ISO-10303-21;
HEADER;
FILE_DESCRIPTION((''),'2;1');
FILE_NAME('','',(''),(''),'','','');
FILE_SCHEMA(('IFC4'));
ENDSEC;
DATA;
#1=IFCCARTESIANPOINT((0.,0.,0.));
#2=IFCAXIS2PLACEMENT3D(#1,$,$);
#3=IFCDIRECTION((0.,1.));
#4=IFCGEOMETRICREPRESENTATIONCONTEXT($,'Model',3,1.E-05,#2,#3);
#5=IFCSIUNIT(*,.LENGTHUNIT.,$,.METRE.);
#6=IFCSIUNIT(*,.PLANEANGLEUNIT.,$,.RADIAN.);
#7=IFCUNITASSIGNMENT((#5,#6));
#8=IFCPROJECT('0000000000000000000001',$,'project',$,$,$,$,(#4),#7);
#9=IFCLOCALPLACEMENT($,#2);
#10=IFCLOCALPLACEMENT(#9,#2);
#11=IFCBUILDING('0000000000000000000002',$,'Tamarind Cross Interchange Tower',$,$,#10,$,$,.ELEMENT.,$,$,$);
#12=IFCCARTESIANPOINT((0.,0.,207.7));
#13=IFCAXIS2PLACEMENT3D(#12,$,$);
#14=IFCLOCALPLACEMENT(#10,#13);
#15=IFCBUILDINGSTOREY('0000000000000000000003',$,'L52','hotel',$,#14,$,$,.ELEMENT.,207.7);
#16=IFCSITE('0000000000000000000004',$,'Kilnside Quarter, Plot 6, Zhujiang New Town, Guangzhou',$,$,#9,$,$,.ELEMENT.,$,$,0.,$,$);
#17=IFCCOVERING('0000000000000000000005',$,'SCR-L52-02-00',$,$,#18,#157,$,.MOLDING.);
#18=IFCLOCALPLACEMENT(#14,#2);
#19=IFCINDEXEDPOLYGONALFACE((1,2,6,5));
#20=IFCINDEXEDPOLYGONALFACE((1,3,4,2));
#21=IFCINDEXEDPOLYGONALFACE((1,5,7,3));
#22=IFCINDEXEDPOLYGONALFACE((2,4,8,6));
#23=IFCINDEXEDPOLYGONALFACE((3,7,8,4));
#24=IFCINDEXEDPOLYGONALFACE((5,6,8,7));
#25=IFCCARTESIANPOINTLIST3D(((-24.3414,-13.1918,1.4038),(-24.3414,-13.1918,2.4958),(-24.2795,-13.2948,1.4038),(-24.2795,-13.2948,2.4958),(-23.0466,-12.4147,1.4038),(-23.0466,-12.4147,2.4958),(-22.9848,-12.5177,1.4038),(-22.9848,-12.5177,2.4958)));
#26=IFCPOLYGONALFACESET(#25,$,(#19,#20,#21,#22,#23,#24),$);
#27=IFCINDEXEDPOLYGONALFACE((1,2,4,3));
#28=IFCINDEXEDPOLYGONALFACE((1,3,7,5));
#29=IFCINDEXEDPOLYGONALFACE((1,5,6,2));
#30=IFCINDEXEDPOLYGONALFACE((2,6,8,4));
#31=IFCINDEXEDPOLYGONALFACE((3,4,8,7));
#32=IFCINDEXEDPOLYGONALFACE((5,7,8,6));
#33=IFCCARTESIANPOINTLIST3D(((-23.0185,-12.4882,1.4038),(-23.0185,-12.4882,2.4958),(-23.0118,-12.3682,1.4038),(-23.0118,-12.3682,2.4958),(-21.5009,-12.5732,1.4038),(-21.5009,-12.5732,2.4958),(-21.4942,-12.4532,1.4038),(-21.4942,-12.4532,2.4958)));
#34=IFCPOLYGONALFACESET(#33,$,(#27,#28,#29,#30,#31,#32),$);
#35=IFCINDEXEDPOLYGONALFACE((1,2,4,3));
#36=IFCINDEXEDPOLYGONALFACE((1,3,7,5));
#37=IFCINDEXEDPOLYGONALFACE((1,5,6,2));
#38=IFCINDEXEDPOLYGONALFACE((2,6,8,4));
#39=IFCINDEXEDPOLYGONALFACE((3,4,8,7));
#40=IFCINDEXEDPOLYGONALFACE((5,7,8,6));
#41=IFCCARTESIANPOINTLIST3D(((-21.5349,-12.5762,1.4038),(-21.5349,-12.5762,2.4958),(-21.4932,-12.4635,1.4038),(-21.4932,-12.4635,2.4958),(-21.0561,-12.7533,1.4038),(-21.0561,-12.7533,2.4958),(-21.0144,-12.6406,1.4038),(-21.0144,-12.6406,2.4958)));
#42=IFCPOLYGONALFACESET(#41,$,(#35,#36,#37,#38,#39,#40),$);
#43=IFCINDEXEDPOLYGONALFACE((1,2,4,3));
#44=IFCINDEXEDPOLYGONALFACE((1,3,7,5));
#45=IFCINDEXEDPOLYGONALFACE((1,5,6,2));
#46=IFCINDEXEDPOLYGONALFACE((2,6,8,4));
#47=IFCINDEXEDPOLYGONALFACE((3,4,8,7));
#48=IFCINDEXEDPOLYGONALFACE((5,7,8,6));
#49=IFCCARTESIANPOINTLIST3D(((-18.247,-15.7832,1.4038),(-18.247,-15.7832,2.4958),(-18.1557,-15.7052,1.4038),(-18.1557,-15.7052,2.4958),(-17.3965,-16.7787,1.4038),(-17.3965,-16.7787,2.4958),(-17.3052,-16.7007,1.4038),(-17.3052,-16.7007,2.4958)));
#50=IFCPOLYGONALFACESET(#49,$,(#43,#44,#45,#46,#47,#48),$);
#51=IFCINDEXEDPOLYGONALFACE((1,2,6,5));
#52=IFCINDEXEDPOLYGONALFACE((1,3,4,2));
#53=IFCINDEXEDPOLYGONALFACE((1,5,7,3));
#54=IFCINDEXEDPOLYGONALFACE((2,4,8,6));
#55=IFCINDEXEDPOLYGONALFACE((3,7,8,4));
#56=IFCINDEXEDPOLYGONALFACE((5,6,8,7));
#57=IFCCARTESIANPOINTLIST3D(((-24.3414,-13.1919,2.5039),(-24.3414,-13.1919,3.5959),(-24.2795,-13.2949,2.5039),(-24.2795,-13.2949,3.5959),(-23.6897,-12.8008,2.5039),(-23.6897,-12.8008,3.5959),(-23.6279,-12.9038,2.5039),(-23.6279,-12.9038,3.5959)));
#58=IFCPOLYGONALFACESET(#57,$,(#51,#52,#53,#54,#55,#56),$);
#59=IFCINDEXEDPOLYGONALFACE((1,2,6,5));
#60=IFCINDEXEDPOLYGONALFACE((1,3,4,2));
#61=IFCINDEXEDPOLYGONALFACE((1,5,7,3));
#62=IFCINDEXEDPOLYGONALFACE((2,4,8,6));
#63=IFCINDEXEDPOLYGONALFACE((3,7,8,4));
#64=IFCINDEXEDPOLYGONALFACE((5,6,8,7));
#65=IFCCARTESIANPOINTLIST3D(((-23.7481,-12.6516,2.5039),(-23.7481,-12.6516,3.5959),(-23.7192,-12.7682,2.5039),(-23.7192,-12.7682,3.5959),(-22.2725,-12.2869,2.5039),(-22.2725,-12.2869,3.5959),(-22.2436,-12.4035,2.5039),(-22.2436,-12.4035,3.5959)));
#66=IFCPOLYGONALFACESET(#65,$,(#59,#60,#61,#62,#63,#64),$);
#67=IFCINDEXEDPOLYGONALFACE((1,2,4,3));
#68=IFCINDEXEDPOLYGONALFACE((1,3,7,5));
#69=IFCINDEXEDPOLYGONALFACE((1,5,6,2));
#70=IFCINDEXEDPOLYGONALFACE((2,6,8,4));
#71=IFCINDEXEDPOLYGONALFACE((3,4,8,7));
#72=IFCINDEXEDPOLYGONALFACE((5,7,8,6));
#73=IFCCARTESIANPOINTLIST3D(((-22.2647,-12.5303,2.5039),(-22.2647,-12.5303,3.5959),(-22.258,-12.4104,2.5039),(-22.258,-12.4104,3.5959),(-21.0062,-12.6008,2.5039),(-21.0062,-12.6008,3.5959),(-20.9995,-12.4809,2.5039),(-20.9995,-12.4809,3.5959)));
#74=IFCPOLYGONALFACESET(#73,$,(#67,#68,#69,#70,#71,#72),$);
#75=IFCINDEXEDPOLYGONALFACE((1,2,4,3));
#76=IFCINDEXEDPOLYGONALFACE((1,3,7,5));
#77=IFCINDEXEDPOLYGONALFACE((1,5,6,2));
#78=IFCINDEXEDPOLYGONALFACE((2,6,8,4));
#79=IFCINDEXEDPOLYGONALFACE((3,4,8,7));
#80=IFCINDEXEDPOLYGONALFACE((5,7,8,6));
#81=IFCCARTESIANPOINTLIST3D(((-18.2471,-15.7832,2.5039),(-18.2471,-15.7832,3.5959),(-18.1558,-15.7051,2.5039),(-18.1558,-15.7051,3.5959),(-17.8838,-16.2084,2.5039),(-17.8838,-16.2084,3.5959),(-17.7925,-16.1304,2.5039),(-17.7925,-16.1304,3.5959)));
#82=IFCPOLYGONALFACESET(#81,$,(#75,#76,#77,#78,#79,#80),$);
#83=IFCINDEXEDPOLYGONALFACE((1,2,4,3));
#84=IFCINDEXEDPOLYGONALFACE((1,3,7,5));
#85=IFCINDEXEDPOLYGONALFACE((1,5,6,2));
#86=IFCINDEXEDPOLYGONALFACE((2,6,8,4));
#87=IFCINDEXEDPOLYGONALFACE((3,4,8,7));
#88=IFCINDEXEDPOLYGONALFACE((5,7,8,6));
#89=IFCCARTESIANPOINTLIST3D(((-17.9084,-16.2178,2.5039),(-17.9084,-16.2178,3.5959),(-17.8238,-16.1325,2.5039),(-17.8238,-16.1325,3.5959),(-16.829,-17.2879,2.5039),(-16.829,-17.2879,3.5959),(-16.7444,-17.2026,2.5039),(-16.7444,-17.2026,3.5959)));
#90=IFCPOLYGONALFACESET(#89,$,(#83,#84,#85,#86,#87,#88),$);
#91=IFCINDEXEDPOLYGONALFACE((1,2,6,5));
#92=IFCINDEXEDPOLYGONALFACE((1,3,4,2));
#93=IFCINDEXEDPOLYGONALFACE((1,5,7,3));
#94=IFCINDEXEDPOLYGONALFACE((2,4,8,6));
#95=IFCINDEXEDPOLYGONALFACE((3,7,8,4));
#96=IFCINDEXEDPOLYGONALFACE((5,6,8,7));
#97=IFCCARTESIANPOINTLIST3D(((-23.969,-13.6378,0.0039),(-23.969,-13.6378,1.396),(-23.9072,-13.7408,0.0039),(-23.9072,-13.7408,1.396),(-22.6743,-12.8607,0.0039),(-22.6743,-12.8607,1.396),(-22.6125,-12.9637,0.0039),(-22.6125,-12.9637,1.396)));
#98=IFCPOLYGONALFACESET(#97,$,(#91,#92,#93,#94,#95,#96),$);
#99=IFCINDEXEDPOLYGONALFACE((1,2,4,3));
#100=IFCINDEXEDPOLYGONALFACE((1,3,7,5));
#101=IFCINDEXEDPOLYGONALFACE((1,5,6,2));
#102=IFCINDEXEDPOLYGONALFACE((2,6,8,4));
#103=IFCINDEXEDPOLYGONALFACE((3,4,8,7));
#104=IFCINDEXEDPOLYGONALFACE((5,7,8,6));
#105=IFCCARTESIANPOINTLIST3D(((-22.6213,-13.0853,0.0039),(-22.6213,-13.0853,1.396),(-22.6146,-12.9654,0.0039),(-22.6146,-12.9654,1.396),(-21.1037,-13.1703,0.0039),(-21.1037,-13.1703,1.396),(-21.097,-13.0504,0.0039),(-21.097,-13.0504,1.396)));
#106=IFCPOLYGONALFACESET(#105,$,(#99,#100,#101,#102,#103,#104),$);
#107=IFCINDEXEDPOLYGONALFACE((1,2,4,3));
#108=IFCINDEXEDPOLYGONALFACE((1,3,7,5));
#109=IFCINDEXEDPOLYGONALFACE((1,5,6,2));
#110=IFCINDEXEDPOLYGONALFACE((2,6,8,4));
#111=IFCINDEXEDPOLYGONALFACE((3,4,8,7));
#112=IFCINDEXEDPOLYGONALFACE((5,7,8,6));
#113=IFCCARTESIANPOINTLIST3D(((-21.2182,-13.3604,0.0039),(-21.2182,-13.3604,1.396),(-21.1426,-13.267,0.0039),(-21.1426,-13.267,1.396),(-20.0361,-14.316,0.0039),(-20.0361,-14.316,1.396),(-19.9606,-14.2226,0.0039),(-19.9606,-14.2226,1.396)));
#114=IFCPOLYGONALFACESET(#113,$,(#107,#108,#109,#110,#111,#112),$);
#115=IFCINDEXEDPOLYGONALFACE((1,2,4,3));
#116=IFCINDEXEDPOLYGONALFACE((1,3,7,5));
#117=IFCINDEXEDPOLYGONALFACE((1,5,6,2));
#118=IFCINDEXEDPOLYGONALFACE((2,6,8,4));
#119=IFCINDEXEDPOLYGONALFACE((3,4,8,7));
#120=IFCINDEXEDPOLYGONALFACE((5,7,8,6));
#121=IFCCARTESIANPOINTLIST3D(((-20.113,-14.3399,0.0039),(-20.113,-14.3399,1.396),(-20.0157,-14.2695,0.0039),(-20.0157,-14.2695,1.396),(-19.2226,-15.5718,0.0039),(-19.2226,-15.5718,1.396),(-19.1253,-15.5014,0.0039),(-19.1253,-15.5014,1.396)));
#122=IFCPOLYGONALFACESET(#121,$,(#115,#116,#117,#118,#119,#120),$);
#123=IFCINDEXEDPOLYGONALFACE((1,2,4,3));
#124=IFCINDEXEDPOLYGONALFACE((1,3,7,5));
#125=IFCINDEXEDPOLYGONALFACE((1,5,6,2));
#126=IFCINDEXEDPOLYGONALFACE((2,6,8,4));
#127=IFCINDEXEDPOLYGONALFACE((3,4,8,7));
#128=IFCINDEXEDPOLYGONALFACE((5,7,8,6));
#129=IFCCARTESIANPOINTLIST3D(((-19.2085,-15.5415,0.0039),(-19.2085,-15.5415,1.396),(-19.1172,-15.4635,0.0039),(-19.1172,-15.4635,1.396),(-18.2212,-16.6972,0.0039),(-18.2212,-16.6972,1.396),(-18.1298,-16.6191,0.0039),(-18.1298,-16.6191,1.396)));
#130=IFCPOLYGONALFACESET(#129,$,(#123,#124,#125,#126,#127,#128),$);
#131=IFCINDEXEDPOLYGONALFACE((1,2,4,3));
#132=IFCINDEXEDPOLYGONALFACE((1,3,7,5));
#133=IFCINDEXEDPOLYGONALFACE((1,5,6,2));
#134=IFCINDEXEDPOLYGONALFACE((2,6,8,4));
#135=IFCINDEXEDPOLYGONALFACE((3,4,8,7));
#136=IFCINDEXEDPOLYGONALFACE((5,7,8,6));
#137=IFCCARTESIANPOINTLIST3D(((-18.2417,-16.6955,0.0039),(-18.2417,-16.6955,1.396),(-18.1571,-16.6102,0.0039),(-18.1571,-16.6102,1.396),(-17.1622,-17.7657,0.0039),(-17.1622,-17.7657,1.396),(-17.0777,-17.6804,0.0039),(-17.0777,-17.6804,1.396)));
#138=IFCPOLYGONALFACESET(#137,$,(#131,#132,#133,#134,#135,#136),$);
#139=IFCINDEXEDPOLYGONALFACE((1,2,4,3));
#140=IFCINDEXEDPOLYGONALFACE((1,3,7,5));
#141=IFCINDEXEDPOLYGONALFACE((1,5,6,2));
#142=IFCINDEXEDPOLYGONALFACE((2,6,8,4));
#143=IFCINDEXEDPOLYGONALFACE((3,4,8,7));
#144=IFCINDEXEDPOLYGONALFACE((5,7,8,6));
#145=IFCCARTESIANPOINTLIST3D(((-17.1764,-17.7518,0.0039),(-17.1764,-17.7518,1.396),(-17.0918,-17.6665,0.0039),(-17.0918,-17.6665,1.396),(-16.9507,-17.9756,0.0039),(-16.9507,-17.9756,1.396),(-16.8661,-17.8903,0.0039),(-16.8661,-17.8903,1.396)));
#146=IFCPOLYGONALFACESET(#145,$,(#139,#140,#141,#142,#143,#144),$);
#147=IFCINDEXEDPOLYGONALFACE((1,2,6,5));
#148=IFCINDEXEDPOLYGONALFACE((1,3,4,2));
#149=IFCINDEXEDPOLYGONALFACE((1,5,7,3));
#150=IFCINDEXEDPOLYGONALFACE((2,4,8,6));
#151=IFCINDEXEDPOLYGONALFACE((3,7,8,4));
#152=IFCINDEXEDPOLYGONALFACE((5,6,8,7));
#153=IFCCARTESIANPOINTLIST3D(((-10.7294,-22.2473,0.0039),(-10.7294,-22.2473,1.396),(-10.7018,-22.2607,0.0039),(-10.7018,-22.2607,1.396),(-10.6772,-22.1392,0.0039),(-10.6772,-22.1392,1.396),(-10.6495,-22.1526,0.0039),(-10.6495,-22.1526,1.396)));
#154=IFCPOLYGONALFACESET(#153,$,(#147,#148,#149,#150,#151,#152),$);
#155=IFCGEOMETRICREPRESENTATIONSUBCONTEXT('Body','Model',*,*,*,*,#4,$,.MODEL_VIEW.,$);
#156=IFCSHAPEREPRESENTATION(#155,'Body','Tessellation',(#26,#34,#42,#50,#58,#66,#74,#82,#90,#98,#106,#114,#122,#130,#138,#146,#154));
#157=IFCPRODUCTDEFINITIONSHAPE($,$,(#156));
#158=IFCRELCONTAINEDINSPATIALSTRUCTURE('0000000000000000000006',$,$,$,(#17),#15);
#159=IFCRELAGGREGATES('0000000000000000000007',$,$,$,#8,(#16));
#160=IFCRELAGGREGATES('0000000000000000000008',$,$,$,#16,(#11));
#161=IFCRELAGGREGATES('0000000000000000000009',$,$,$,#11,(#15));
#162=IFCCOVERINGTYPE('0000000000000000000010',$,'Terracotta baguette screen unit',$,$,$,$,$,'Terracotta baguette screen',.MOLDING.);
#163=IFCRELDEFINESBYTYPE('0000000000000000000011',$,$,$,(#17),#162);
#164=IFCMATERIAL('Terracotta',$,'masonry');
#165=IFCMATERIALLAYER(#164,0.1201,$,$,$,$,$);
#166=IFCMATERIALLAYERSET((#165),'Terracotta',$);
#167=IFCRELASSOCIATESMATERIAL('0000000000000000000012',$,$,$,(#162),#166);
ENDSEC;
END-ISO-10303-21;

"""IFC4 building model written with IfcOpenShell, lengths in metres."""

from ifc_helpers import new_model, si_unit, direction, frame, origin, origin_2d, place, context, subcontext, project, spatial, rectangle, extrude, material, layer, layer_set, type_object, element, save


model = new_model("IFC4")

# Units and contexts
model_context = context("Model", 3, precision=1e-05, world=origin(), true_north=direction((0.0, 1.0)))
body_context = subcontext(model_context, "Body", "Model", "MODEL_VIEW")
ifc_project = project(units=[si_unit("LENGTHUNIT", "METRE"), si_unit("PLANEANGLEUNIT", "RADIAN")], contexts=[model_context])

# Site, building, storey
site_placement = place(None, origin())
site = spatial("IfcSite", under=ifc_project, at=site_placement, Name="Kilnside Quarter, Plot 6, Zhujiang New Town, Guangzhou", CompositionType="ELEMENT", RefElevation=0.0)
building_placement = place(site_placement, origin())
building = spatial("IfcBuilding", under=site, at=building_placement, Name="Tamarind Cross Interchange Tower", CompositionType="ELEMENT")
storey_placement = place(building_placement, frame((0.0, 0.0, 207.7)))
storey = spatial("IfcBuildingStorey", under=building, at=storey_placement, Name="L52", Description="hotel", CompositionType="ELEMENT", Elevation=207.7)

# Covering
ifc_material_1 = material(Name="Terracotta", Category="masonry")
ifc_layer_1 = layer(ifc_material_1, 0.1201)
ifc_layer_set_1 = layer_set([ifc_layer_1], Name="Terracotta")
covering_type = type_object("IfcCoveringType", Name="Terracotta baguette screen unit", ElementType="Terracotta baguette screen", PredefinedType="MOLDING", material=ifc_layer_set_1)
covering_1_placement = place(storey_placement, origin())
element("IfcCovering", 1, at=covering_1_placement, inside=storey, type_object=covering_type, Name="SCR-L52-02-00", PredefinedType="MOLDING", context=body_context, shape_type="SweptSolid", body=[
    extrude(rectangle(XDim=1.51, YDim=0.1201, at=origin_2d()), frame((-23.6631, -12.8547, 1.4038), z_axis=(0.0, 0.0, 1.0), x_axis=(0.857421, 0.514615, 0.0)), (0.0, 0.0, 1.0), 1.092),
    extrude(rectangle(XDim=1.52, YDim=0.1201, at=origin_2d()), frame((-22.2563, -12.4707, 1.4038), z_axis=(0.0, 0.0, 1.0), x_axis=(0.998434, -0.055934, 0.0)), (0.0, 0.0, 1.0), 1.092),
    extrude(rectangle(XDim=0.5105, YDim=0.1201, at=origin_2d()), frame((-21.2747, -12.6084, 1.4038), z_axis=(0.0, 0.0, 1.0), x_axis=(0.937916, -0.346862, 0.0)), (0.0, 0.0, 1.0), 1.092),
    extrude(rectangle(XDim=1.3093, YDim=0.1201, at=origin_2d()), frame((-17.7761, -16.2419, 1.4038), z_axis=(0.0, 0.0, 1.0), x_axis=(0.649577, -0.760296, 0.0)), (0.0, 0.0, 1.0), 1.092),
    extrude(rectangle(XDim=0.76, YDim=0.1201, at=origin_2d()), frame((-23.9846, -13.0479, 2.5039), z_axis=(0.0, 0.0, 1.0), x_axis=(0.857421, 0.514615, 0.0)), (0.0, 0.0, 1.0), 1.092),
    extrude(rectangle(XDim=1.52, YDim=0.1201, at=origin_2d()), frame((-22.9958, -12.5276, 2.5039), z_axis=(0.0, 0.0, 1.0), x_axis=(0.970789, 0.239934, 0.0)), (0.0, 0.0, 1.0), 1.092),
    extrude(rectangle(XDim=1.2605, YDim=0.1201, at=origin_2d()), frame((-21.6321, -12.5056, 2.5039), z_axis=(0.0, 0.0, 1.0), x_axis=(0.998434, -0.055934, 0.0)), (0.0, 0.0, 1.0), 1.092),
    extrude(rectangle(XDim=0.5593, YDim=0.1201, at=origin_2d()), frame((-18.0198, -15.9568, 2.5039), z_axis=(0.0, 0.0, 1.0), x_axis=(0.649577, -0.760296, 0.0)), (0.0, 0.0, 1.0), 1.092),
    extrude(rectangle(XDim=1.52, YDim=0.1201, at=origin_2d()), frame((-17.3264, -16.7102, 2.5039), z_axis=(0.0, 0.0, 1.0), x_axis=(0.710143, -0.704057, 0.0)), (0.0, 0.0, 1.0), 1.092),
    extrude(rectangle(XDim=1.51, YDim=0.1201, at=origin_2d()), frame((-23.2908, -13.3008, 0.0039), z_axis=(0.0, 0.0, 1.0), x_axis=(0.857421, 0.514615, 0.0)), (0.0, 0.0, 1.0), 1.3921),
    extrude(rectangle(XDim=1.52, YDim=0.1201, at=origin_2d()), frame((-21.8591, -13.0679, 0.0039), z_axis=(0.0, 0.0, 1.0), x_axis=(0.998434, -0.055934, 0.0)), (0.0, 0.0, 1.0), 1.3921),
    extrude(rectangle(XDim=1.52, YDim=0.1201, at=origin_2d()), frame((-20.5894, -13.7915, 0.0039), z_axis=(0.0, 0.0, 1.0), x_axis=(0.777683, -0.628657, 0.0)), (0.0, 0.0, 1.0), 1.3921),
    extrude(rectangle(XDim=1.52, YDim=0.1201, at=origin_2d()), frame((-19.6191, -14.9207, 0.0039), z_axis=(0.0, 0.0, 1.0), x_axis=(0.585801, -0.810455, 0.0)), (0.0, 0.0, 1.0), 1.3921),
    extrude(rectangle(XDim=1.52, YDim=0.1201, at=origin_2d()), frame((-18.6692, -16.0803, 0.0039), z_axis=(0.0, 0.0, 1.0), x_axis=(0.649577, -0.760296, 0.0)), (0.0, 0.0, 1.0), 1.3921),
    extrude(rectangle(XDim=1.52, YDim=0.1201, at=origin_2d()), frame((-17.6597, -17.188, 0.0039), z_axis=(0.0, 0.0, 1.0), x_axis=(0.710143, -0.704057, 0.0)), (0.0, 0.0, 1.0), 1.3921),
    extrude(rectangle(XDim=0.3179, YDim=0.1201, at=origin_2d()), frame((-17.0212, -17.821, 0.0039), z_axis=(0.0, 0.0, 1.0), x_axis=(0.710143, -0.704057, 0.0)), (0.0, 0.0, 1.0), 1.3921),
    extrude(rectangle(XDim=0.0308, YDim=0.1201, at=origin_2d()), frame((-10.6895, -22.2, 0.0039), z_axis=(0.0, 0.0, 1.0), x_axis=(0.900273, -0.435326, 0.0)), (0.0, 0.0, 1.0), 1.3921),
])

save(model, "model.ifc")
